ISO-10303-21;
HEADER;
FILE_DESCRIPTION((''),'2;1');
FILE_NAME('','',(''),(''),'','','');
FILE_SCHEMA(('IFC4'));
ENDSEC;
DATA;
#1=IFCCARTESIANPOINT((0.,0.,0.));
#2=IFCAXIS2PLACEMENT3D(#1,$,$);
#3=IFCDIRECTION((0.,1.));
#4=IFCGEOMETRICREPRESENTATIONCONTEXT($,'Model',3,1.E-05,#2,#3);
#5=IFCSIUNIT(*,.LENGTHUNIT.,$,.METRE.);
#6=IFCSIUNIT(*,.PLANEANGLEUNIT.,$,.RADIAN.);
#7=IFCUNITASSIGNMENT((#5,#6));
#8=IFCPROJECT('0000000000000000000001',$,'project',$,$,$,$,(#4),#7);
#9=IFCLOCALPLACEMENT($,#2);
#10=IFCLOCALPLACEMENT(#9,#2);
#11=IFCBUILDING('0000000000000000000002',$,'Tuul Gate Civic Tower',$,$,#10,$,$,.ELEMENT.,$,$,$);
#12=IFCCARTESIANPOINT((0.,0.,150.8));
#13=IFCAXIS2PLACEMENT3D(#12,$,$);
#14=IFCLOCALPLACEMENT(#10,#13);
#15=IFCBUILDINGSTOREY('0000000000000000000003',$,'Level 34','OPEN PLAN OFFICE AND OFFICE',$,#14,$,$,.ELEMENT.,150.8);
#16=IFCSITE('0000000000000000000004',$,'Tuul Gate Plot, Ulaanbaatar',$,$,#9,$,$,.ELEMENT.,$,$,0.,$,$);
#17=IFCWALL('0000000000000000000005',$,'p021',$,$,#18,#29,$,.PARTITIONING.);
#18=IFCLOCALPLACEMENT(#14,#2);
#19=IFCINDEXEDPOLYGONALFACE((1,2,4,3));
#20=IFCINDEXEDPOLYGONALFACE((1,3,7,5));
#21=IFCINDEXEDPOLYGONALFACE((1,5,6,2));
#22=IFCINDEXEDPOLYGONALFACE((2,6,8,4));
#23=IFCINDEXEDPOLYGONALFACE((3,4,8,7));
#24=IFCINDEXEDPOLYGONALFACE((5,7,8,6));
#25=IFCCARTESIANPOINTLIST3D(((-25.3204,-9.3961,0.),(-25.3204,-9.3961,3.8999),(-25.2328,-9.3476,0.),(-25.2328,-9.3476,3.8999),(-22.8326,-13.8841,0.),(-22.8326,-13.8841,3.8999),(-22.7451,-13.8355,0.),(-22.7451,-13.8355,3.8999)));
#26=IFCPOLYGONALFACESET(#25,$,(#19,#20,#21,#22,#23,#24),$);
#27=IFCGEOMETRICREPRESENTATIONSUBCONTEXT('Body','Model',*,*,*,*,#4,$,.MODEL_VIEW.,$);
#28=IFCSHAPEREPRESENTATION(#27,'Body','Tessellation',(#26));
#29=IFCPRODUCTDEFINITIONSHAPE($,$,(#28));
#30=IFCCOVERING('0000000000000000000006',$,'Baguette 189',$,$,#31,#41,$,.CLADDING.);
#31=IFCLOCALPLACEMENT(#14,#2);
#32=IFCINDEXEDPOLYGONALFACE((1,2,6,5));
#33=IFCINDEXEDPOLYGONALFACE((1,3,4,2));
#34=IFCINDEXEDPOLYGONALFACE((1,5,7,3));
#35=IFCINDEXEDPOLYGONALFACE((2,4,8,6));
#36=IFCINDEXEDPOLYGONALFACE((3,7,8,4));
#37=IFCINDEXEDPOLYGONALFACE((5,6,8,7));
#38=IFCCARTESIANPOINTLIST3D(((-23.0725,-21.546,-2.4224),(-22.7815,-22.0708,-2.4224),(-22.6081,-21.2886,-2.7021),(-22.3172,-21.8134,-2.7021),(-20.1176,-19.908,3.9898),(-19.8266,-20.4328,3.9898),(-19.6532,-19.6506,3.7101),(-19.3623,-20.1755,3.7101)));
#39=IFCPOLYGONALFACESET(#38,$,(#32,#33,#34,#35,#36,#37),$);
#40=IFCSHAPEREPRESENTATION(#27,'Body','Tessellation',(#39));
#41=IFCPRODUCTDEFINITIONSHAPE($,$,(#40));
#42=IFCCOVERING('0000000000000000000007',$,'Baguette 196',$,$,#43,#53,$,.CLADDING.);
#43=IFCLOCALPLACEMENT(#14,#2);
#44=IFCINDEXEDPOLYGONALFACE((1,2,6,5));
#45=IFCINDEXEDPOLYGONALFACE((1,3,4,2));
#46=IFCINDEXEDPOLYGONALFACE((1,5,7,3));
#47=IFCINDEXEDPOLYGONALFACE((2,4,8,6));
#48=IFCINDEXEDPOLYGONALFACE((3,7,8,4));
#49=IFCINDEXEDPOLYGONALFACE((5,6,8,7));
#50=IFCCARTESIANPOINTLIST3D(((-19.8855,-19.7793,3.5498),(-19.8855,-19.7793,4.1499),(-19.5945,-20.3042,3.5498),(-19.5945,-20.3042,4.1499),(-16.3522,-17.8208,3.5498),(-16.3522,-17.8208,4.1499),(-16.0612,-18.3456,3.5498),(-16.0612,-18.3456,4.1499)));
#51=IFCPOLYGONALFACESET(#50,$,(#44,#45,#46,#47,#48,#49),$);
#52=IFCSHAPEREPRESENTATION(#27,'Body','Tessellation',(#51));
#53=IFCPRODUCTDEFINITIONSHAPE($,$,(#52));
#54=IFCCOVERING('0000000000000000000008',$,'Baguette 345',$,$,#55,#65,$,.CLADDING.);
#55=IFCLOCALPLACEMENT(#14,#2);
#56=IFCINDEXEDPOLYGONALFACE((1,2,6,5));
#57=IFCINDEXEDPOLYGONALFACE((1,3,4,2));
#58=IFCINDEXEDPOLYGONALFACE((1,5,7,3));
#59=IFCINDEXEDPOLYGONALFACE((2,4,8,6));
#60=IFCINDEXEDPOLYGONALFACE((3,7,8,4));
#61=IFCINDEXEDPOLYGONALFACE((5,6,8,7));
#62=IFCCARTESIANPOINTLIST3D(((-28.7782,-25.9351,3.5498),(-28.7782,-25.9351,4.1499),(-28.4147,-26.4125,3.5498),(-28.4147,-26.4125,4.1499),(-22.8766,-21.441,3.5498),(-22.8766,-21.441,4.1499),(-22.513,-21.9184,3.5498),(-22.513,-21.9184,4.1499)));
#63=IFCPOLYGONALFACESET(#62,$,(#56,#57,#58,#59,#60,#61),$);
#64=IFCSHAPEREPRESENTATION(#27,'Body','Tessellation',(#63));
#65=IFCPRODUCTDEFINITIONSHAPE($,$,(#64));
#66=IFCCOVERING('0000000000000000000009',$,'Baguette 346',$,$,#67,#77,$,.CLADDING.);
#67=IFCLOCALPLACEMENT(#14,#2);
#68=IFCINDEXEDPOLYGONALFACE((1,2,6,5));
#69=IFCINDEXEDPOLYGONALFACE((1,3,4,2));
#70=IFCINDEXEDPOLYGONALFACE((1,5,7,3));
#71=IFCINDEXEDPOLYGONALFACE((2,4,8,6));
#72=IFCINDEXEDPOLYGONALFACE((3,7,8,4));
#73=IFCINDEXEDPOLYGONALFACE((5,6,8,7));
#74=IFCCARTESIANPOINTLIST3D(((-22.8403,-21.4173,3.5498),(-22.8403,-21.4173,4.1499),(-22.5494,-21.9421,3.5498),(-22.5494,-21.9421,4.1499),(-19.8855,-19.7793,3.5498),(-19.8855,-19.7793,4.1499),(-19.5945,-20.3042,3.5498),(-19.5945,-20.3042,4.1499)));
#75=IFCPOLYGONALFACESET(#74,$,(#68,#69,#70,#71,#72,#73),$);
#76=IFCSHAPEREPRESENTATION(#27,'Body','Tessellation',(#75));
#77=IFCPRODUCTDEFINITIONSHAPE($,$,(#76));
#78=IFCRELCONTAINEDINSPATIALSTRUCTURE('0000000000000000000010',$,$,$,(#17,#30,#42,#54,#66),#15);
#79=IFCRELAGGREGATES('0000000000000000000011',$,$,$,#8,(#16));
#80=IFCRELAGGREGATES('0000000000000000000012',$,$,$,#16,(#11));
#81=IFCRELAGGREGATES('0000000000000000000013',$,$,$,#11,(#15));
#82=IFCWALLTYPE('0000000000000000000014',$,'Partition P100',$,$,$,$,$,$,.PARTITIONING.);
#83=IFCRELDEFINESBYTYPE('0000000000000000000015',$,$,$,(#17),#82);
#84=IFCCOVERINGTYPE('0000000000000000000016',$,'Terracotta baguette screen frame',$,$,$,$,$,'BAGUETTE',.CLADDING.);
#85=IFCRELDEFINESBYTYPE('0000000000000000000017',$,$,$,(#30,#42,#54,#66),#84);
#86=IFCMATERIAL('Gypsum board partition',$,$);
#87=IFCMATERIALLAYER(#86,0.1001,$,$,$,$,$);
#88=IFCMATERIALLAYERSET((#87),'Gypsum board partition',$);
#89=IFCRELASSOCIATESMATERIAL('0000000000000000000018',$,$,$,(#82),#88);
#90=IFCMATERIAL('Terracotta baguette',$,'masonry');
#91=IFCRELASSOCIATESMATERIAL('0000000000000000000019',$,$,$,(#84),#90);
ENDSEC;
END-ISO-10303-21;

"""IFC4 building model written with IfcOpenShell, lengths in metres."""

from ifc_helpers import new_model, si_unit, direction, frame, frame_2d, origin, origin_2d, place, context, subcontext, project, spatial, rectangle, extrude, material, layer, layer_set, material_profile, profile_set, type_object, element, save


model = new_model("IFC4")

# Units and contexts
model_context = context("Model", 3, precision=1e-05, world=origin(), true_north=direction((0.0, 1.0)))
body_context = subcontext(model_context, "Body", "Model", "MODEL_VIEW")
ifc_project = project(units=[si_unit("LENGTHUNIT", "METRE"), si_unit("PLANEANGLEUNIT", "RADIAN")], contexts=[model_context])

# Site, building, storey
site_placement = place(None, origin())
site = spatial("IfcSite", under=ifc_project, at=site_placement, Name="Tuul Gate Plot, Ulaanbaatar", CompositionType="ELEMENT", RefElevation=0.0)
building_placement = place(site_placement, origin())
building = spatial("IfcBuilding", under=site, at=building_placement, Name="Tuul Gate Civic Tower", CompositionType="ELEMENT")
storey_placement = place(building_placement, frame((0.0, 0.0, 150.8)))
storey = spatial("IfcBuildingStorey", under=building, at=storey_placement, Name="Level 34", Description="OPEN PLAN OFFICE AND OFFICE", CompositionType="ELEMENT", Elevation=150.8)

# Wall
ifc_material_1 = material(Name="Gypsum board partition")
ifc_layer_1 = layer(ifc_material_1, 0.1001)
ifc_layer_set_1 = layer_set([ifc_layer_1], Name="Gypsum board partition")
wall_type_1 = type_object("IfcWallType", Name="Partition P100", PredefinedType="PARTITIONING", material=ifc_layer_set_1)
wall_1_placement = place(storey_placement, frame((-25.2766, -9.3718, 0.0), z_axis=(0.0, 0.0, 1.0), x_axis=(0.484815, -0.874617, 0.0)))
element("IfcWall", 1, at=wall_1_placement, inside=storey, type_object=wall_type_1, Name="p021", PredefinedType="PARTITIONING", context=body_context, shape_type="SweptSolid", body=[
    extrude(rectangle(XDim=5.1313, YDim=0.1001, at=frame_2d((2.5657, 0.0))), origin(), (0.0, 0.0, 1.0), 3.8999),
])

# Coverings
ifc_material_2 = material(Name="Terracotta baguette", Category="masonry")
ifc_material_profile_1 = material_profile(ifc_material_2, rectangle(XDim=0.6001, YDim=0.6001, at=origin_2d()), Name="Terracotta baguette screen frame")
ifc_profile_set_1 = profile_set([ifc_material_profile_1], Name="Terracotta baguette")
covering_type = type_object("IfcCoveringType", Name="Terracotta baguette screen frame", ElementType="BAGUETTE", PredefinedType="CLADDING", material=ifc_profile_set_1)
covering_1_placement = place(storey_placement, frame((-22.6948, -21.6797, -2.5623), z_axis=(0.407693, 0.225995, 0.884711), x_axis=(-0.484821, 0.874614, 0.0)))
element("IfcCovering", 2, at=covering_1_placement, inside=storey, type_object=covering_type, Name="Baguette 189", PredefinedType="CLADDING", context=body_context, shape_type="SweptSolid", body=[
    extrude(rectangle(XDim=0.6001, YDim=0.6001, at=origin_2d()), origin(), (0.0, 0.0, 1.0), 7.2478),
])
covering_2_placement = place(storey_placement, frame((-19.74, -20.0417, 3.8499), z_axis=(0.874619, 0.484811, 0.0), x_axis=(-0.484811, 0.874619, 0.0)))
element("IfcCovering", 3, at=covering_2_placement, inside=storey, type_object=covering_type, Name="Baguette 196", PredefinedType="CLADDING", context=body_context, shape_type="SweptSolid", body=[
    extrude(rectangle(XDim=0.6001, YDim=0.6001, at=origin_2d()), origin(), (0.0, 0.0, 1.0), 4.0398),
])
covering_3_placement = place(storey_placement, frame((-28.5964, -26.1738, 3.8499), z_axis=(0.795583, 0.605845, 0.0), x_axis=(-0.605845, 0.795583, 0.0)))
element("IfcCovering", 4, at=covering_3_placement, inside=storey, type_object=covering_type, Name="Baguette 345", PredefinedType="CLADDING", context=body_context, shape_type="SweptSolid", body=[
    extrude(rectangle(XDim=0.6001, YDim=0.6001, at=origin_2d()), origin(), (0.0, 0.0, 1.0), 7.418),
])
covering_4_placement = place(storey_placement, frame((-22.6948, -21.6797, 3.8499), z_axis=(0.874614, 0.484821, 0.0), x_axis=(-0.484821, 0.874614, 0.0)))
element("IfcCovering", 5, at=covering_4_placement, inside=storey, type_object=covering_type, Name="Baguette 346", PredefinedType="CLADDING", context=body_context, shape_type="SweptSolid", body=[
    extrude(rectangle(XDim=0.6001, YDim=0.6001, at=origin_2d()), origin(), (0.0, 0.0, 1.0), 3.3784),
])

save(model, "model.ifc")
